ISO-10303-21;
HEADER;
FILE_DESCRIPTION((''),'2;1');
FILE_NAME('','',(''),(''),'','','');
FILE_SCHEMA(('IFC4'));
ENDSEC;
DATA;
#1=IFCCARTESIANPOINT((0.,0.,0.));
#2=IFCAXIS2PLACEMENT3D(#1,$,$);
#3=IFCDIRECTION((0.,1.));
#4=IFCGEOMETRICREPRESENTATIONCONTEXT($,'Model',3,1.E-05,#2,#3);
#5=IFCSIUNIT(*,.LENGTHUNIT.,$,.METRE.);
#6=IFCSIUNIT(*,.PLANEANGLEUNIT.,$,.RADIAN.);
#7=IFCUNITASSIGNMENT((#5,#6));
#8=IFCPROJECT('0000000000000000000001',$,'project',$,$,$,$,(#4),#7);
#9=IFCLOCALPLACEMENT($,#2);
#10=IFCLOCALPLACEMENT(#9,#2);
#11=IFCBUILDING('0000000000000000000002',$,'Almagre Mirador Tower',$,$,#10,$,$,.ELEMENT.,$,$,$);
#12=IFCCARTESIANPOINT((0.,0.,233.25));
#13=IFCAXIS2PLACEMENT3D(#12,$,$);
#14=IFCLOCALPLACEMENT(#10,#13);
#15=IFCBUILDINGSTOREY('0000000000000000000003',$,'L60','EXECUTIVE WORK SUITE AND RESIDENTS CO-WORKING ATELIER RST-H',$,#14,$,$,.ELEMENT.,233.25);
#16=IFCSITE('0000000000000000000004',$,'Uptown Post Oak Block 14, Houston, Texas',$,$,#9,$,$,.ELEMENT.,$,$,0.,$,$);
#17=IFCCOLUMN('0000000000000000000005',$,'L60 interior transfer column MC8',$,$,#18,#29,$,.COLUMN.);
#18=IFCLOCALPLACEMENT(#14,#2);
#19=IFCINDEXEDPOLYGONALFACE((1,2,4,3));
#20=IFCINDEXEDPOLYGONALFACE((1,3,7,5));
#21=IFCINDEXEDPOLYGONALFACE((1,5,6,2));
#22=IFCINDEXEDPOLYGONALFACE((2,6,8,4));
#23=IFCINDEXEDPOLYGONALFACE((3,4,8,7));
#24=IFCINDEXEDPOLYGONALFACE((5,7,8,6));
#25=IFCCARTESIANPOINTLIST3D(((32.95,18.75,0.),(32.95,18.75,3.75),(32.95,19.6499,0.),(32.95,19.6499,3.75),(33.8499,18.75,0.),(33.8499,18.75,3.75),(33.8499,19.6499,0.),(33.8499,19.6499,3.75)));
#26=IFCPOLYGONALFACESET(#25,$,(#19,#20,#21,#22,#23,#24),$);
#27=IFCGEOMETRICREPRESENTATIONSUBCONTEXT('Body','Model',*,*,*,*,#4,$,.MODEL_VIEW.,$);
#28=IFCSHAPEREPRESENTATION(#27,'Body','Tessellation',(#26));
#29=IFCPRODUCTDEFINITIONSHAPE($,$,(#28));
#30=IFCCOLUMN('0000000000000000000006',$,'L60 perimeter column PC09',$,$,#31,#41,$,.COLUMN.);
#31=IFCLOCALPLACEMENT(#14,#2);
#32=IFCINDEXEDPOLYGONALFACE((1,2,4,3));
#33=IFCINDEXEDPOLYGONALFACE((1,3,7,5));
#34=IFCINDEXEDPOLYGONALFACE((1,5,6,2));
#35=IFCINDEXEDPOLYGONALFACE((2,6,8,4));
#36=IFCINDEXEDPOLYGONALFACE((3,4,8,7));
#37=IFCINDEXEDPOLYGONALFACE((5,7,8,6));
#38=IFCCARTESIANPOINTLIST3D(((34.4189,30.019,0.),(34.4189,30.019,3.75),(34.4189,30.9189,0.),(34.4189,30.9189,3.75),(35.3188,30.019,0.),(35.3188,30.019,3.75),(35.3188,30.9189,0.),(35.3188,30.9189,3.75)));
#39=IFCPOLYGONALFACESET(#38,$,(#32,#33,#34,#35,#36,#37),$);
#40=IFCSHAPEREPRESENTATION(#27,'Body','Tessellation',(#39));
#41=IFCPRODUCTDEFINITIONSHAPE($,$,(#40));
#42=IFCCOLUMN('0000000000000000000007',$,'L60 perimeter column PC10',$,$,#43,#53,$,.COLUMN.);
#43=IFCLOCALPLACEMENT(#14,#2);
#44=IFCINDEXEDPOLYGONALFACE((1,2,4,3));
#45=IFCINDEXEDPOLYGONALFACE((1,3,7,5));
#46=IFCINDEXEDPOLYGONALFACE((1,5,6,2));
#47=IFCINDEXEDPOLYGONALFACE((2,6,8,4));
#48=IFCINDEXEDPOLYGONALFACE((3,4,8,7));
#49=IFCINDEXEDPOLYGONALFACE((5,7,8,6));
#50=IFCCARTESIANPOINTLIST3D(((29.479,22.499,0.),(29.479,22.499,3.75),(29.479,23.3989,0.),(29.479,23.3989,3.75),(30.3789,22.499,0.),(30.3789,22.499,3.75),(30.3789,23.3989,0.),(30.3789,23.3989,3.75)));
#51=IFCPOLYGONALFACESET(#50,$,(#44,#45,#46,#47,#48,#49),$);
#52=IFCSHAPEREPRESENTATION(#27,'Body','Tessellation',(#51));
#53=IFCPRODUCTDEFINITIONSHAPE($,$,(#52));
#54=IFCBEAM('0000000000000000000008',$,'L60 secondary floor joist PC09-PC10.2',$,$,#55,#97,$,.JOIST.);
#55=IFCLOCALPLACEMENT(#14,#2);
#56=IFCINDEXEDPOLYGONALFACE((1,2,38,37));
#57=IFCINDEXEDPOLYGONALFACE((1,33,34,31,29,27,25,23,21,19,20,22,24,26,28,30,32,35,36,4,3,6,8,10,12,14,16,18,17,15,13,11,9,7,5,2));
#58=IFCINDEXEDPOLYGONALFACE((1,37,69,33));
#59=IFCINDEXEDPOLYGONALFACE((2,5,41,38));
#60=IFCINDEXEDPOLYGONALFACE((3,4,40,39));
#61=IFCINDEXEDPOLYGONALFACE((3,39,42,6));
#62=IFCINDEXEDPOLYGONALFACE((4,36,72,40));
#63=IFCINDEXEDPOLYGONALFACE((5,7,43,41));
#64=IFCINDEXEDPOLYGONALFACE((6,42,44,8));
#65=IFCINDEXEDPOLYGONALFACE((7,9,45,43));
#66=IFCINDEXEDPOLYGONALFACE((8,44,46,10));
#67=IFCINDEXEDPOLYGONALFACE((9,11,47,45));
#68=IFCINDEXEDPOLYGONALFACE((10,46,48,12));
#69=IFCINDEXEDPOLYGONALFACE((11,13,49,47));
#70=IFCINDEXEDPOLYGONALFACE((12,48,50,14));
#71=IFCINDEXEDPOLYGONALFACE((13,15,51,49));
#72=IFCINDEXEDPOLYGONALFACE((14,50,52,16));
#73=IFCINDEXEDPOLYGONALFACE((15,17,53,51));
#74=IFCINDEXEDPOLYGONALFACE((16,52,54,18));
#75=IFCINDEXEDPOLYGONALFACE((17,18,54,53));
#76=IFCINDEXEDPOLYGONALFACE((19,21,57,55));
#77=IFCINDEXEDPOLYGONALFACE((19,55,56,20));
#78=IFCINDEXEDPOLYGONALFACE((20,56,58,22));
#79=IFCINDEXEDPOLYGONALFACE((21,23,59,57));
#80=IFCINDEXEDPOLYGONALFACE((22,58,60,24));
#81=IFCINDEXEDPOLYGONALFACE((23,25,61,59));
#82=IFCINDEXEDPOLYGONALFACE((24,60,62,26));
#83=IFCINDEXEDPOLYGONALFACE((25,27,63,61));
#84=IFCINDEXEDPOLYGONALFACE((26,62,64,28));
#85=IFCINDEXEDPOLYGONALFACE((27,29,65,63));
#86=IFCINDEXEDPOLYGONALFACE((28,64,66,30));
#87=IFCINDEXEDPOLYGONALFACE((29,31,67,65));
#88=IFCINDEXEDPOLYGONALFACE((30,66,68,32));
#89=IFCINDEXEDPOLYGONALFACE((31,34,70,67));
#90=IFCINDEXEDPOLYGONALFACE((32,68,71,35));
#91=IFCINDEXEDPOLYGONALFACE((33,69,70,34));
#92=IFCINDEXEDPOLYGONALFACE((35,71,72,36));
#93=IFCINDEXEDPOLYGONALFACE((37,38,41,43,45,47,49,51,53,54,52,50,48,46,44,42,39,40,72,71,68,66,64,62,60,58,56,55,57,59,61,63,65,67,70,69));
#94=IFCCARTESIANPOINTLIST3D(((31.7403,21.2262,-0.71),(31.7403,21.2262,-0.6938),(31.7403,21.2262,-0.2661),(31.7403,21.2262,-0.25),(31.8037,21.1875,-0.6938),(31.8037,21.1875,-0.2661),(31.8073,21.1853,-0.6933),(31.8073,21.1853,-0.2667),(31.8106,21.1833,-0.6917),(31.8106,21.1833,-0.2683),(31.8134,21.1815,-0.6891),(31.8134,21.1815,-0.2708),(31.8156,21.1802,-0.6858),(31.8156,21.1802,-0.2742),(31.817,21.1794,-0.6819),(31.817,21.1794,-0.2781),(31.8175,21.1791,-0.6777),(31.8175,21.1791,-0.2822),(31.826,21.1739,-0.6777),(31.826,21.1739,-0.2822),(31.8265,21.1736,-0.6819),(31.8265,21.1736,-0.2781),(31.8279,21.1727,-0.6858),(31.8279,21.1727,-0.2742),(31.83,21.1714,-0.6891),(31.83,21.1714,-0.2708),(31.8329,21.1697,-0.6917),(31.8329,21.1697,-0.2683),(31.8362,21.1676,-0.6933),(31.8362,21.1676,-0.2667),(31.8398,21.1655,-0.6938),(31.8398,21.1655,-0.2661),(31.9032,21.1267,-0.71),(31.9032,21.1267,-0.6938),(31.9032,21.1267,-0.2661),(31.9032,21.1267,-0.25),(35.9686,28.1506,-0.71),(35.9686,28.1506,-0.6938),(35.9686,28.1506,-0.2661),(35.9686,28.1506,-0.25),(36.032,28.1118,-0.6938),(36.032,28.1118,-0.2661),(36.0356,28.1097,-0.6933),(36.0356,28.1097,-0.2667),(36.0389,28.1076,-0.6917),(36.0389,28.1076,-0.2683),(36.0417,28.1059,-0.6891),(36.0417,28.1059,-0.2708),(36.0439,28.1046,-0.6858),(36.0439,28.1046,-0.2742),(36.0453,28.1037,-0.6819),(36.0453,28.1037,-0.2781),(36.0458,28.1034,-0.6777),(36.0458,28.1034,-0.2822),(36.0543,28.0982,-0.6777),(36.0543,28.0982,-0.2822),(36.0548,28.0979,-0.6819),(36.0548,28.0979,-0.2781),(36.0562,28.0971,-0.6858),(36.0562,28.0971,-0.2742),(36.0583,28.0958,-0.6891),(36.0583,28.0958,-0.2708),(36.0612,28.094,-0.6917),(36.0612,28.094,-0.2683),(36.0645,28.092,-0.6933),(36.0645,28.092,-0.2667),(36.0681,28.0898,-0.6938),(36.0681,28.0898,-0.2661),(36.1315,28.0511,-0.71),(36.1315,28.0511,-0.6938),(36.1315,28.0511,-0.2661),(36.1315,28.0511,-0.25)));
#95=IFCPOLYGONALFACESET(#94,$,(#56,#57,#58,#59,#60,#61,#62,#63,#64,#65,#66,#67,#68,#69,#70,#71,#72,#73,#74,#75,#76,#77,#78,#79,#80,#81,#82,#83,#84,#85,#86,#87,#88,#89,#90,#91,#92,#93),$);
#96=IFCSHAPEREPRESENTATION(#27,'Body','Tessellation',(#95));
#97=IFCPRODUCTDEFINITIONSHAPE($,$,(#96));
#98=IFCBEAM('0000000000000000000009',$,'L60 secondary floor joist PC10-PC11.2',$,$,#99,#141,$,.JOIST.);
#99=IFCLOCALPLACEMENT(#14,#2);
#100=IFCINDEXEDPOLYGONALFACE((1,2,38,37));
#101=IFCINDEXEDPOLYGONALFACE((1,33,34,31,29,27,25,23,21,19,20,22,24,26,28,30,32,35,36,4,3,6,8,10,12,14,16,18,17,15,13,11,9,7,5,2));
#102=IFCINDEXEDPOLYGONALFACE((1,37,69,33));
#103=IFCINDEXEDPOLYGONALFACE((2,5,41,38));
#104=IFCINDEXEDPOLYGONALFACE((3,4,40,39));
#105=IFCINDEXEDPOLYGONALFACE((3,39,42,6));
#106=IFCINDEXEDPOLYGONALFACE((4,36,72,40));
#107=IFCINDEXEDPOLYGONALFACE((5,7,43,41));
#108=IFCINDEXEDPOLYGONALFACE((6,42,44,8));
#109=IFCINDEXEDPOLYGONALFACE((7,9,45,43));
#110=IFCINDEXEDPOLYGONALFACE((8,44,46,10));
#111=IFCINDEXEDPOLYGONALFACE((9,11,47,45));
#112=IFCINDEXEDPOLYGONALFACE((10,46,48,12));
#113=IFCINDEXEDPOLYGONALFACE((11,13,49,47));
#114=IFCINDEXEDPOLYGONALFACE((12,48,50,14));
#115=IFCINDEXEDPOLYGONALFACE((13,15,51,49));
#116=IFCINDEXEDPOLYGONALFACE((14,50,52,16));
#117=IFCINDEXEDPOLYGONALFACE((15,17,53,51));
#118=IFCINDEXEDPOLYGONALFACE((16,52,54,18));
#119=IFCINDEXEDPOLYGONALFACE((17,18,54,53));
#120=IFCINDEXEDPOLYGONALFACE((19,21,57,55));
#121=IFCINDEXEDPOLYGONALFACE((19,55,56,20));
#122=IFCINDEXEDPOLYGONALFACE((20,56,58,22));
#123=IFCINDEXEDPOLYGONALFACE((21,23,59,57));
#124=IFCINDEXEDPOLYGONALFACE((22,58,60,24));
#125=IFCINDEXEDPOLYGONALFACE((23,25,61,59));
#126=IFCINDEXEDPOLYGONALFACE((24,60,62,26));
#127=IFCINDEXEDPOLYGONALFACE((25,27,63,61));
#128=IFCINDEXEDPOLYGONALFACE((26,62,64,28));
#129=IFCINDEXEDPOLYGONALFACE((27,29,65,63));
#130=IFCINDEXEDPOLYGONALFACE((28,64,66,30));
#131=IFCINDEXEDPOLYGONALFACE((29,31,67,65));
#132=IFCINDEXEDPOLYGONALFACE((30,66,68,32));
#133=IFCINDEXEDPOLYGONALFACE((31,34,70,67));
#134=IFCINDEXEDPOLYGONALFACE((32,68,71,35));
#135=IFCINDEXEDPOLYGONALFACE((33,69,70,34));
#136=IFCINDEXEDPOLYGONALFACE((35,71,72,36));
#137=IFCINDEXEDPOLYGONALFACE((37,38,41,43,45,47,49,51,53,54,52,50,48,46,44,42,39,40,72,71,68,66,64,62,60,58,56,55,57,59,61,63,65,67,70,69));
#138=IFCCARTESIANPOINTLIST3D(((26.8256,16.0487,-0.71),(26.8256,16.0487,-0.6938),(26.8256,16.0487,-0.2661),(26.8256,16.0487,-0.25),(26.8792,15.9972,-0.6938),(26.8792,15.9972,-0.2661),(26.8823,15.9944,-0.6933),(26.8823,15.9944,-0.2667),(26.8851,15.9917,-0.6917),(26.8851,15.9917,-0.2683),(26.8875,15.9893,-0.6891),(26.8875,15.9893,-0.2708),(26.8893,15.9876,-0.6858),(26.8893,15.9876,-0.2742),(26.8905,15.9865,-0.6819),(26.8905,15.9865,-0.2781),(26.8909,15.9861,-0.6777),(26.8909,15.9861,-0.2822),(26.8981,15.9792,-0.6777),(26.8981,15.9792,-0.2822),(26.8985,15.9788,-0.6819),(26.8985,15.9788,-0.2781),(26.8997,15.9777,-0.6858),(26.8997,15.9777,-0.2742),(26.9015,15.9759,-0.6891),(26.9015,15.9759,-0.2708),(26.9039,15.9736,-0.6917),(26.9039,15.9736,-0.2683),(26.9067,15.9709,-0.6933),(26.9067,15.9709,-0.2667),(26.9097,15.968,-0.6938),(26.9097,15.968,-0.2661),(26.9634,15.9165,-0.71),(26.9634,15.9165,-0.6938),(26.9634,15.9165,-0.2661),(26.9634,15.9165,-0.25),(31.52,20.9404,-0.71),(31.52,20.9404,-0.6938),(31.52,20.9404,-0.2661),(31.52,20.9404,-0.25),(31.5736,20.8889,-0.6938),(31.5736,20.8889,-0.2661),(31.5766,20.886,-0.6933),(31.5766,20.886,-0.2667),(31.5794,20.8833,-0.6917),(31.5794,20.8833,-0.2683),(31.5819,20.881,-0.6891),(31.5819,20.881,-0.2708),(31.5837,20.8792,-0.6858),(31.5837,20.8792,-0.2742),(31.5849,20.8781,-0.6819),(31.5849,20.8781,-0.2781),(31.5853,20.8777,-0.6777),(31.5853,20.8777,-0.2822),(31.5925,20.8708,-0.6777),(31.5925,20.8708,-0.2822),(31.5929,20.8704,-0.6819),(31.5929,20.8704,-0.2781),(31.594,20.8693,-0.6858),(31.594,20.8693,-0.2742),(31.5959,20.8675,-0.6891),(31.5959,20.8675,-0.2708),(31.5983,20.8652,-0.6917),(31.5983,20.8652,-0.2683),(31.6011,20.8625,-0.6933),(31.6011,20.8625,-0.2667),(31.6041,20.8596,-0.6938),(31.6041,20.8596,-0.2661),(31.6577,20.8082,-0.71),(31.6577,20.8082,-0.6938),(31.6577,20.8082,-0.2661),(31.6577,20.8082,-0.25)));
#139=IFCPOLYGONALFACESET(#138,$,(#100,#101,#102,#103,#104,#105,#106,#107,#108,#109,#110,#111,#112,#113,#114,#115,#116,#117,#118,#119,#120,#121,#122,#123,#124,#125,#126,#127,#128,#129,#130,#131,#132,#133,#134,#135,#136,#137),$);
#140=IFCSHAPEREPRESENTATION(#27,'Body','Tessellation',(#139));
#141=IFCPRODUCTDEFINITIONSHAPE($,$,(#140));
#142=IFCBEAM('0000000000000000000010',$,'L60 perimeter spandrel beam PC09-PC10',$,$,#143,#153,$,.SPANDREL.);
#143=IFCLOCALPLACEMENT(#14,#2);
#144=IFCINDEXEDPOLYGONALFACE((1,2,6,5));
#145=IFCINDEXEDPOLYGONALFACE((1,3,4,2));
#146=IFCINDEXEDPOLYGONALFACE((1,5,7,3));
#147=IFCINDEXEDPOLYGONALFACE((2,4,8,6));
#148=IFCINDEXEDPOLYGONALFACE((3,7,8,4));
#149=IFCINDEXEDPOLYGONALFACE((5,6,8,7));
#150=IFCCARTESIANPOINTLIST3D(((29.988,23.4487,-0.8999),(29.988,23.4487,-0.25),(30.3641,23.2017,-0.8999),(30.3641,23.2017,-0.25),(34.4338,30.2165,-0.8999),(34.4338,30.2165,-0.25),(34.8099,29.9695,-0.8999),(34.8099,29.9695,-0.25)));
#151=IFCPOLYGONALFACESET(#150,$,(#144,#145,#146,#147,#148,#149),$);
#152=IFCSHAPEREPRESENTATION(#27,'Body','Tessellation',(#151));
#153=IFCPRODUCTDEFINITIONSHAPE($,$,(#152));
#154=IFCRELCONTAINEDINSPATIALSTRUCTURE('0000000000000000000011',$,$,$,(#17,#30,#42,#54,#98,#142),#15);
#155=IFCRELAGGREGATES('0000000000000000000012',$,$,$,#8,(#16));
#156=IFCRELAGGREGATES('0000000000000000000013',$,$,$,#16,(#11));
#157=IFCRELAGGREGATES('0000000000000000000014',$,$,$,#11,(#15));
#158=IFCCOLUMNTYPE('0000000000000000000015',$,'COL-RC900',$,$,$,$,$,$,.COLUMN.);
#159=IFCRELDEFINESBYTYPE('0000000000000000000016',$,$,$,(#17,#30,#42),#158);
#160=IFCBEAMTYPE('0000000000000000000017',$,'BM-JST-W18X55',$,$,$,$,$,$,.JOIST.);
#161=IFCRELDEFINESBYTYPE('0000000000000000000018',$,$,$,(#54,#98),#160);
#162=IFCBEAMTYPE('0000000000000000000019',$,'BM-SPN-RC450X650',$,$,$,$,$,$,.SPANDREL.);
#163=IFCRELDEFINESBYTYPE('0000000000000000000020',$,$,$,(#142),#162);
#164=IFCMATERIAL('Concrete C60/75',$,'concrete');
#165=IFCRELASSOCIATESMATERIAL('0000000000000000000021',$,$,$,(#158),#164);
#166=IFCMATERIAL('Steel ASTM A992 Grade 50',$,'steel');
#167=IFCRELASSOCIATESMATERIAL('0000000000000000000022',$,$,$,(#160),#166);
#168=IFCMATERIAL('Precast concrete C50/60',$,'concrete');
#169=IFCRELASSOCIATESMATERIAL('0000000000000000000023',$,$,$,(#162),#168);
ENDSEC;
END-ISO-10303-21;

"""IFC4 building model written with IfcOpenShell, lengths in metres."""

from ifc_helpers import new_model, si_unit, direction, frame, origin, origin_2d, place, context, subcontext, project, spatial, rectangle, i_section, extrude, material, material_profile, profile_set, type_object, element, save


model = new_model("IFC4")

# Units and contexts
model_context = context("Model", 3, precision=1e-05, world=origin(), true_north=direction((0.0, 1.0)))
body_context = subcontext(model_context, "Body", "Model", "MODEL_VIEW")
ifc_project = project(units=[si_unit("LENGTHUNIT", "METRE"), si_unit("PLANEANGLEUNIT", "RADIAN")], contexts=[model_context])

# Site, building, storey
site_placement = place(None, origin())
site = spatial("IfcSite", under=ifc_project, at=site_placement, Name="Uptown Post Oak Block 14, Houston, Texas", CompositionType="ELEMENT", RefElevation=0.0)
building_placement = place(site_placement, origin())
building = spatial("IfcBuilding", under=site, at=building_placement, Name="Almagre Mirador Tower", CompositionType="ELEMENT")
storey_placement = place(building_placement, frame((0.0, 0.0, 233.25)))
storey = spatial("IfcBuildingStorey", under=building, at=storey_placement, Name="L60", Description="EXECUTIVE WORK SUITE AND RESIDENTS CO-WORKING ATELIER RST-H", CompositionType="ELEMENT", Elevation=233.25)

# Columns
ifc_material_1 = material(Name="Concrete C60/75", Category="concrete")
ifc_material_profile_1 = material_profile(ifc_material_1, rectangle(XDim=0.8999, YDim=0.8999, at=origin_2d()), Name="RC900X900")
ifc_profile_set_1 = profile_set([ifc_material_profile_1], Name="Concrete C60/75")
column_type = type_object("IfcColumnType", Name="COL-RC900", PredefinedType="COLUMN", material=ifc_profile_set_1)
for number, where, z_axis, x_axis, name in (
    (1, (33.3999, 19.2, 0.0), (0.0, 0.0, 1.0), (1.0, 0.0, 0.0), "L60 interior transfer column MC8"),
    (2, (34.8689, 30.469, 0.0), (0.0, 0.0, 1.0), (1.0, 0.0, 0.0), "L60 perimeter column PC09"),
    (3, (29.929, 22.949, 0.0), (0.0, 0.0, 1.0), (1.0, 0.0, 0.0), "L60 perimeter column PC10"),
):
    element("IfcColumn", number, at=place(storey_placement, frame(where, z_axis=z_axis, x_axis=x_axis)), inside=storey, type_object=column_type, Name=name, PredefinedType="COLUMN", context=body_context, shape_type="SweptSolid", body=[
        extrude(rectangle(XDim=0.8999, YDim=0.8999, at=origin_2d()), origin(), (0.0, 0.0, 1.0), 3.75),
    ])

# Beams
ifc_material_2 = material(Name="Steel ASTM A992 Grade 50", Category="steel")
ifc_material_profile_2 = material_profile(ifc_material_2, i_section(OverallWidth=0.1909, OverallDepth=0.46, WebThickness=0.01, FlangeThickness=0.0161, FilletRadius=0.0161, at=origin_2d()), Name="W18X55")
ifc_profile_set_2 = profile_set([ifc_material_profile_2], Name="Steel ASTM A992 Grade 50")
beam_type_1 = type_object("IfcBeamType", Name="BM-JST-W18X55", PredefinedType="JOIST", material=ifc_profile_set_2)
beam_1_placement = place(storey_placement, frame((36.05, 28.1008, -0.48), z_axis=(-0.521158, -0.85346, 0.0), x_axis=(0.85346, -0.521158, 0.0)))
element("IfcBeam", 4, at=beam_1_placement, inside=storey, type_object=beam_type_1, Name="L60 secondary floor joist PC09-PC10.2", PredefinedType="JOIST", context=body_context, shape_type="SweptSolid", body=[
    extrude(i_section(OverallWidth=0.1909, OverallDepth=0.46, WebThickness=0.01, FlangeThickness=0.0161, FilletRadius=0.0161, at=origin_2d()), origin(), (0.0, 0.0, 1.0), 8.1133),
])
beam_2_placement = place(storey_placement, frame((31.5889, 20.8743, -0.48), z_axis=(-0.692409, -0.721505, 0.0), x_axis=(0.721505, -0.692409, 0.0)))
element("IfcBeam", 5, at=beam_2_placement, inside=storey, type_object=beam_type_1, Name="L60 secondary floor joist PC10-PC11.2", PredefinedType="JOIST", context=body_context, shape_type="SweptSolid", body=[
    extrude(i_section(OverallWidth=0.1909, OverallDepth=0.46, WebThickness=0.01, FlangeThickness=0.0161, FilletRadius=0.0161, at=origin_2d()), origin(), (0.0, 0.0, 1.0), 6.7798),
])
ifc_material_3 = material(Name="Precast concrete C50/60", Category="concrete")
ifc_material_profile_3 = material_profile(ifc_material_3, rectangle(XDim=0.45, YDim=0.6499, at=origin_2d()), Name="RC450X650")
ifc_profile_set_3 = profile_set([ifc_material_profile_3], Name="Precast concrete C50/60")
beam_type_2 = type_object("IfcBeamType", Name="BM-SPN-RC450X650", PredefinedType="SPANDREL", material=ifc_profile_set_3)
beam_3_placement = place(storey_placement, frame((34.6218, 30.093, -0.575), z_axis=(-0.549038, -0.835798, 0.0), x_axis=(0.835798, -0.549038, 0.0)))
element("IfcBeam", 6, at=beam_3_placement, inside=storey, type_object=beam_type_2, Name="L60 perimeter spandrel beam PC09-PC10", PredefinedType="SPANDREL", context=body_context, shape_type="SweptSolid", body=[
    extrude(rectangle(XDim=0.45, YDim=0.6499, at=origin_2d()), origin(), (0.0, 0.0, 1.0), 8.0974),
])

save(model, "model.ifc")
